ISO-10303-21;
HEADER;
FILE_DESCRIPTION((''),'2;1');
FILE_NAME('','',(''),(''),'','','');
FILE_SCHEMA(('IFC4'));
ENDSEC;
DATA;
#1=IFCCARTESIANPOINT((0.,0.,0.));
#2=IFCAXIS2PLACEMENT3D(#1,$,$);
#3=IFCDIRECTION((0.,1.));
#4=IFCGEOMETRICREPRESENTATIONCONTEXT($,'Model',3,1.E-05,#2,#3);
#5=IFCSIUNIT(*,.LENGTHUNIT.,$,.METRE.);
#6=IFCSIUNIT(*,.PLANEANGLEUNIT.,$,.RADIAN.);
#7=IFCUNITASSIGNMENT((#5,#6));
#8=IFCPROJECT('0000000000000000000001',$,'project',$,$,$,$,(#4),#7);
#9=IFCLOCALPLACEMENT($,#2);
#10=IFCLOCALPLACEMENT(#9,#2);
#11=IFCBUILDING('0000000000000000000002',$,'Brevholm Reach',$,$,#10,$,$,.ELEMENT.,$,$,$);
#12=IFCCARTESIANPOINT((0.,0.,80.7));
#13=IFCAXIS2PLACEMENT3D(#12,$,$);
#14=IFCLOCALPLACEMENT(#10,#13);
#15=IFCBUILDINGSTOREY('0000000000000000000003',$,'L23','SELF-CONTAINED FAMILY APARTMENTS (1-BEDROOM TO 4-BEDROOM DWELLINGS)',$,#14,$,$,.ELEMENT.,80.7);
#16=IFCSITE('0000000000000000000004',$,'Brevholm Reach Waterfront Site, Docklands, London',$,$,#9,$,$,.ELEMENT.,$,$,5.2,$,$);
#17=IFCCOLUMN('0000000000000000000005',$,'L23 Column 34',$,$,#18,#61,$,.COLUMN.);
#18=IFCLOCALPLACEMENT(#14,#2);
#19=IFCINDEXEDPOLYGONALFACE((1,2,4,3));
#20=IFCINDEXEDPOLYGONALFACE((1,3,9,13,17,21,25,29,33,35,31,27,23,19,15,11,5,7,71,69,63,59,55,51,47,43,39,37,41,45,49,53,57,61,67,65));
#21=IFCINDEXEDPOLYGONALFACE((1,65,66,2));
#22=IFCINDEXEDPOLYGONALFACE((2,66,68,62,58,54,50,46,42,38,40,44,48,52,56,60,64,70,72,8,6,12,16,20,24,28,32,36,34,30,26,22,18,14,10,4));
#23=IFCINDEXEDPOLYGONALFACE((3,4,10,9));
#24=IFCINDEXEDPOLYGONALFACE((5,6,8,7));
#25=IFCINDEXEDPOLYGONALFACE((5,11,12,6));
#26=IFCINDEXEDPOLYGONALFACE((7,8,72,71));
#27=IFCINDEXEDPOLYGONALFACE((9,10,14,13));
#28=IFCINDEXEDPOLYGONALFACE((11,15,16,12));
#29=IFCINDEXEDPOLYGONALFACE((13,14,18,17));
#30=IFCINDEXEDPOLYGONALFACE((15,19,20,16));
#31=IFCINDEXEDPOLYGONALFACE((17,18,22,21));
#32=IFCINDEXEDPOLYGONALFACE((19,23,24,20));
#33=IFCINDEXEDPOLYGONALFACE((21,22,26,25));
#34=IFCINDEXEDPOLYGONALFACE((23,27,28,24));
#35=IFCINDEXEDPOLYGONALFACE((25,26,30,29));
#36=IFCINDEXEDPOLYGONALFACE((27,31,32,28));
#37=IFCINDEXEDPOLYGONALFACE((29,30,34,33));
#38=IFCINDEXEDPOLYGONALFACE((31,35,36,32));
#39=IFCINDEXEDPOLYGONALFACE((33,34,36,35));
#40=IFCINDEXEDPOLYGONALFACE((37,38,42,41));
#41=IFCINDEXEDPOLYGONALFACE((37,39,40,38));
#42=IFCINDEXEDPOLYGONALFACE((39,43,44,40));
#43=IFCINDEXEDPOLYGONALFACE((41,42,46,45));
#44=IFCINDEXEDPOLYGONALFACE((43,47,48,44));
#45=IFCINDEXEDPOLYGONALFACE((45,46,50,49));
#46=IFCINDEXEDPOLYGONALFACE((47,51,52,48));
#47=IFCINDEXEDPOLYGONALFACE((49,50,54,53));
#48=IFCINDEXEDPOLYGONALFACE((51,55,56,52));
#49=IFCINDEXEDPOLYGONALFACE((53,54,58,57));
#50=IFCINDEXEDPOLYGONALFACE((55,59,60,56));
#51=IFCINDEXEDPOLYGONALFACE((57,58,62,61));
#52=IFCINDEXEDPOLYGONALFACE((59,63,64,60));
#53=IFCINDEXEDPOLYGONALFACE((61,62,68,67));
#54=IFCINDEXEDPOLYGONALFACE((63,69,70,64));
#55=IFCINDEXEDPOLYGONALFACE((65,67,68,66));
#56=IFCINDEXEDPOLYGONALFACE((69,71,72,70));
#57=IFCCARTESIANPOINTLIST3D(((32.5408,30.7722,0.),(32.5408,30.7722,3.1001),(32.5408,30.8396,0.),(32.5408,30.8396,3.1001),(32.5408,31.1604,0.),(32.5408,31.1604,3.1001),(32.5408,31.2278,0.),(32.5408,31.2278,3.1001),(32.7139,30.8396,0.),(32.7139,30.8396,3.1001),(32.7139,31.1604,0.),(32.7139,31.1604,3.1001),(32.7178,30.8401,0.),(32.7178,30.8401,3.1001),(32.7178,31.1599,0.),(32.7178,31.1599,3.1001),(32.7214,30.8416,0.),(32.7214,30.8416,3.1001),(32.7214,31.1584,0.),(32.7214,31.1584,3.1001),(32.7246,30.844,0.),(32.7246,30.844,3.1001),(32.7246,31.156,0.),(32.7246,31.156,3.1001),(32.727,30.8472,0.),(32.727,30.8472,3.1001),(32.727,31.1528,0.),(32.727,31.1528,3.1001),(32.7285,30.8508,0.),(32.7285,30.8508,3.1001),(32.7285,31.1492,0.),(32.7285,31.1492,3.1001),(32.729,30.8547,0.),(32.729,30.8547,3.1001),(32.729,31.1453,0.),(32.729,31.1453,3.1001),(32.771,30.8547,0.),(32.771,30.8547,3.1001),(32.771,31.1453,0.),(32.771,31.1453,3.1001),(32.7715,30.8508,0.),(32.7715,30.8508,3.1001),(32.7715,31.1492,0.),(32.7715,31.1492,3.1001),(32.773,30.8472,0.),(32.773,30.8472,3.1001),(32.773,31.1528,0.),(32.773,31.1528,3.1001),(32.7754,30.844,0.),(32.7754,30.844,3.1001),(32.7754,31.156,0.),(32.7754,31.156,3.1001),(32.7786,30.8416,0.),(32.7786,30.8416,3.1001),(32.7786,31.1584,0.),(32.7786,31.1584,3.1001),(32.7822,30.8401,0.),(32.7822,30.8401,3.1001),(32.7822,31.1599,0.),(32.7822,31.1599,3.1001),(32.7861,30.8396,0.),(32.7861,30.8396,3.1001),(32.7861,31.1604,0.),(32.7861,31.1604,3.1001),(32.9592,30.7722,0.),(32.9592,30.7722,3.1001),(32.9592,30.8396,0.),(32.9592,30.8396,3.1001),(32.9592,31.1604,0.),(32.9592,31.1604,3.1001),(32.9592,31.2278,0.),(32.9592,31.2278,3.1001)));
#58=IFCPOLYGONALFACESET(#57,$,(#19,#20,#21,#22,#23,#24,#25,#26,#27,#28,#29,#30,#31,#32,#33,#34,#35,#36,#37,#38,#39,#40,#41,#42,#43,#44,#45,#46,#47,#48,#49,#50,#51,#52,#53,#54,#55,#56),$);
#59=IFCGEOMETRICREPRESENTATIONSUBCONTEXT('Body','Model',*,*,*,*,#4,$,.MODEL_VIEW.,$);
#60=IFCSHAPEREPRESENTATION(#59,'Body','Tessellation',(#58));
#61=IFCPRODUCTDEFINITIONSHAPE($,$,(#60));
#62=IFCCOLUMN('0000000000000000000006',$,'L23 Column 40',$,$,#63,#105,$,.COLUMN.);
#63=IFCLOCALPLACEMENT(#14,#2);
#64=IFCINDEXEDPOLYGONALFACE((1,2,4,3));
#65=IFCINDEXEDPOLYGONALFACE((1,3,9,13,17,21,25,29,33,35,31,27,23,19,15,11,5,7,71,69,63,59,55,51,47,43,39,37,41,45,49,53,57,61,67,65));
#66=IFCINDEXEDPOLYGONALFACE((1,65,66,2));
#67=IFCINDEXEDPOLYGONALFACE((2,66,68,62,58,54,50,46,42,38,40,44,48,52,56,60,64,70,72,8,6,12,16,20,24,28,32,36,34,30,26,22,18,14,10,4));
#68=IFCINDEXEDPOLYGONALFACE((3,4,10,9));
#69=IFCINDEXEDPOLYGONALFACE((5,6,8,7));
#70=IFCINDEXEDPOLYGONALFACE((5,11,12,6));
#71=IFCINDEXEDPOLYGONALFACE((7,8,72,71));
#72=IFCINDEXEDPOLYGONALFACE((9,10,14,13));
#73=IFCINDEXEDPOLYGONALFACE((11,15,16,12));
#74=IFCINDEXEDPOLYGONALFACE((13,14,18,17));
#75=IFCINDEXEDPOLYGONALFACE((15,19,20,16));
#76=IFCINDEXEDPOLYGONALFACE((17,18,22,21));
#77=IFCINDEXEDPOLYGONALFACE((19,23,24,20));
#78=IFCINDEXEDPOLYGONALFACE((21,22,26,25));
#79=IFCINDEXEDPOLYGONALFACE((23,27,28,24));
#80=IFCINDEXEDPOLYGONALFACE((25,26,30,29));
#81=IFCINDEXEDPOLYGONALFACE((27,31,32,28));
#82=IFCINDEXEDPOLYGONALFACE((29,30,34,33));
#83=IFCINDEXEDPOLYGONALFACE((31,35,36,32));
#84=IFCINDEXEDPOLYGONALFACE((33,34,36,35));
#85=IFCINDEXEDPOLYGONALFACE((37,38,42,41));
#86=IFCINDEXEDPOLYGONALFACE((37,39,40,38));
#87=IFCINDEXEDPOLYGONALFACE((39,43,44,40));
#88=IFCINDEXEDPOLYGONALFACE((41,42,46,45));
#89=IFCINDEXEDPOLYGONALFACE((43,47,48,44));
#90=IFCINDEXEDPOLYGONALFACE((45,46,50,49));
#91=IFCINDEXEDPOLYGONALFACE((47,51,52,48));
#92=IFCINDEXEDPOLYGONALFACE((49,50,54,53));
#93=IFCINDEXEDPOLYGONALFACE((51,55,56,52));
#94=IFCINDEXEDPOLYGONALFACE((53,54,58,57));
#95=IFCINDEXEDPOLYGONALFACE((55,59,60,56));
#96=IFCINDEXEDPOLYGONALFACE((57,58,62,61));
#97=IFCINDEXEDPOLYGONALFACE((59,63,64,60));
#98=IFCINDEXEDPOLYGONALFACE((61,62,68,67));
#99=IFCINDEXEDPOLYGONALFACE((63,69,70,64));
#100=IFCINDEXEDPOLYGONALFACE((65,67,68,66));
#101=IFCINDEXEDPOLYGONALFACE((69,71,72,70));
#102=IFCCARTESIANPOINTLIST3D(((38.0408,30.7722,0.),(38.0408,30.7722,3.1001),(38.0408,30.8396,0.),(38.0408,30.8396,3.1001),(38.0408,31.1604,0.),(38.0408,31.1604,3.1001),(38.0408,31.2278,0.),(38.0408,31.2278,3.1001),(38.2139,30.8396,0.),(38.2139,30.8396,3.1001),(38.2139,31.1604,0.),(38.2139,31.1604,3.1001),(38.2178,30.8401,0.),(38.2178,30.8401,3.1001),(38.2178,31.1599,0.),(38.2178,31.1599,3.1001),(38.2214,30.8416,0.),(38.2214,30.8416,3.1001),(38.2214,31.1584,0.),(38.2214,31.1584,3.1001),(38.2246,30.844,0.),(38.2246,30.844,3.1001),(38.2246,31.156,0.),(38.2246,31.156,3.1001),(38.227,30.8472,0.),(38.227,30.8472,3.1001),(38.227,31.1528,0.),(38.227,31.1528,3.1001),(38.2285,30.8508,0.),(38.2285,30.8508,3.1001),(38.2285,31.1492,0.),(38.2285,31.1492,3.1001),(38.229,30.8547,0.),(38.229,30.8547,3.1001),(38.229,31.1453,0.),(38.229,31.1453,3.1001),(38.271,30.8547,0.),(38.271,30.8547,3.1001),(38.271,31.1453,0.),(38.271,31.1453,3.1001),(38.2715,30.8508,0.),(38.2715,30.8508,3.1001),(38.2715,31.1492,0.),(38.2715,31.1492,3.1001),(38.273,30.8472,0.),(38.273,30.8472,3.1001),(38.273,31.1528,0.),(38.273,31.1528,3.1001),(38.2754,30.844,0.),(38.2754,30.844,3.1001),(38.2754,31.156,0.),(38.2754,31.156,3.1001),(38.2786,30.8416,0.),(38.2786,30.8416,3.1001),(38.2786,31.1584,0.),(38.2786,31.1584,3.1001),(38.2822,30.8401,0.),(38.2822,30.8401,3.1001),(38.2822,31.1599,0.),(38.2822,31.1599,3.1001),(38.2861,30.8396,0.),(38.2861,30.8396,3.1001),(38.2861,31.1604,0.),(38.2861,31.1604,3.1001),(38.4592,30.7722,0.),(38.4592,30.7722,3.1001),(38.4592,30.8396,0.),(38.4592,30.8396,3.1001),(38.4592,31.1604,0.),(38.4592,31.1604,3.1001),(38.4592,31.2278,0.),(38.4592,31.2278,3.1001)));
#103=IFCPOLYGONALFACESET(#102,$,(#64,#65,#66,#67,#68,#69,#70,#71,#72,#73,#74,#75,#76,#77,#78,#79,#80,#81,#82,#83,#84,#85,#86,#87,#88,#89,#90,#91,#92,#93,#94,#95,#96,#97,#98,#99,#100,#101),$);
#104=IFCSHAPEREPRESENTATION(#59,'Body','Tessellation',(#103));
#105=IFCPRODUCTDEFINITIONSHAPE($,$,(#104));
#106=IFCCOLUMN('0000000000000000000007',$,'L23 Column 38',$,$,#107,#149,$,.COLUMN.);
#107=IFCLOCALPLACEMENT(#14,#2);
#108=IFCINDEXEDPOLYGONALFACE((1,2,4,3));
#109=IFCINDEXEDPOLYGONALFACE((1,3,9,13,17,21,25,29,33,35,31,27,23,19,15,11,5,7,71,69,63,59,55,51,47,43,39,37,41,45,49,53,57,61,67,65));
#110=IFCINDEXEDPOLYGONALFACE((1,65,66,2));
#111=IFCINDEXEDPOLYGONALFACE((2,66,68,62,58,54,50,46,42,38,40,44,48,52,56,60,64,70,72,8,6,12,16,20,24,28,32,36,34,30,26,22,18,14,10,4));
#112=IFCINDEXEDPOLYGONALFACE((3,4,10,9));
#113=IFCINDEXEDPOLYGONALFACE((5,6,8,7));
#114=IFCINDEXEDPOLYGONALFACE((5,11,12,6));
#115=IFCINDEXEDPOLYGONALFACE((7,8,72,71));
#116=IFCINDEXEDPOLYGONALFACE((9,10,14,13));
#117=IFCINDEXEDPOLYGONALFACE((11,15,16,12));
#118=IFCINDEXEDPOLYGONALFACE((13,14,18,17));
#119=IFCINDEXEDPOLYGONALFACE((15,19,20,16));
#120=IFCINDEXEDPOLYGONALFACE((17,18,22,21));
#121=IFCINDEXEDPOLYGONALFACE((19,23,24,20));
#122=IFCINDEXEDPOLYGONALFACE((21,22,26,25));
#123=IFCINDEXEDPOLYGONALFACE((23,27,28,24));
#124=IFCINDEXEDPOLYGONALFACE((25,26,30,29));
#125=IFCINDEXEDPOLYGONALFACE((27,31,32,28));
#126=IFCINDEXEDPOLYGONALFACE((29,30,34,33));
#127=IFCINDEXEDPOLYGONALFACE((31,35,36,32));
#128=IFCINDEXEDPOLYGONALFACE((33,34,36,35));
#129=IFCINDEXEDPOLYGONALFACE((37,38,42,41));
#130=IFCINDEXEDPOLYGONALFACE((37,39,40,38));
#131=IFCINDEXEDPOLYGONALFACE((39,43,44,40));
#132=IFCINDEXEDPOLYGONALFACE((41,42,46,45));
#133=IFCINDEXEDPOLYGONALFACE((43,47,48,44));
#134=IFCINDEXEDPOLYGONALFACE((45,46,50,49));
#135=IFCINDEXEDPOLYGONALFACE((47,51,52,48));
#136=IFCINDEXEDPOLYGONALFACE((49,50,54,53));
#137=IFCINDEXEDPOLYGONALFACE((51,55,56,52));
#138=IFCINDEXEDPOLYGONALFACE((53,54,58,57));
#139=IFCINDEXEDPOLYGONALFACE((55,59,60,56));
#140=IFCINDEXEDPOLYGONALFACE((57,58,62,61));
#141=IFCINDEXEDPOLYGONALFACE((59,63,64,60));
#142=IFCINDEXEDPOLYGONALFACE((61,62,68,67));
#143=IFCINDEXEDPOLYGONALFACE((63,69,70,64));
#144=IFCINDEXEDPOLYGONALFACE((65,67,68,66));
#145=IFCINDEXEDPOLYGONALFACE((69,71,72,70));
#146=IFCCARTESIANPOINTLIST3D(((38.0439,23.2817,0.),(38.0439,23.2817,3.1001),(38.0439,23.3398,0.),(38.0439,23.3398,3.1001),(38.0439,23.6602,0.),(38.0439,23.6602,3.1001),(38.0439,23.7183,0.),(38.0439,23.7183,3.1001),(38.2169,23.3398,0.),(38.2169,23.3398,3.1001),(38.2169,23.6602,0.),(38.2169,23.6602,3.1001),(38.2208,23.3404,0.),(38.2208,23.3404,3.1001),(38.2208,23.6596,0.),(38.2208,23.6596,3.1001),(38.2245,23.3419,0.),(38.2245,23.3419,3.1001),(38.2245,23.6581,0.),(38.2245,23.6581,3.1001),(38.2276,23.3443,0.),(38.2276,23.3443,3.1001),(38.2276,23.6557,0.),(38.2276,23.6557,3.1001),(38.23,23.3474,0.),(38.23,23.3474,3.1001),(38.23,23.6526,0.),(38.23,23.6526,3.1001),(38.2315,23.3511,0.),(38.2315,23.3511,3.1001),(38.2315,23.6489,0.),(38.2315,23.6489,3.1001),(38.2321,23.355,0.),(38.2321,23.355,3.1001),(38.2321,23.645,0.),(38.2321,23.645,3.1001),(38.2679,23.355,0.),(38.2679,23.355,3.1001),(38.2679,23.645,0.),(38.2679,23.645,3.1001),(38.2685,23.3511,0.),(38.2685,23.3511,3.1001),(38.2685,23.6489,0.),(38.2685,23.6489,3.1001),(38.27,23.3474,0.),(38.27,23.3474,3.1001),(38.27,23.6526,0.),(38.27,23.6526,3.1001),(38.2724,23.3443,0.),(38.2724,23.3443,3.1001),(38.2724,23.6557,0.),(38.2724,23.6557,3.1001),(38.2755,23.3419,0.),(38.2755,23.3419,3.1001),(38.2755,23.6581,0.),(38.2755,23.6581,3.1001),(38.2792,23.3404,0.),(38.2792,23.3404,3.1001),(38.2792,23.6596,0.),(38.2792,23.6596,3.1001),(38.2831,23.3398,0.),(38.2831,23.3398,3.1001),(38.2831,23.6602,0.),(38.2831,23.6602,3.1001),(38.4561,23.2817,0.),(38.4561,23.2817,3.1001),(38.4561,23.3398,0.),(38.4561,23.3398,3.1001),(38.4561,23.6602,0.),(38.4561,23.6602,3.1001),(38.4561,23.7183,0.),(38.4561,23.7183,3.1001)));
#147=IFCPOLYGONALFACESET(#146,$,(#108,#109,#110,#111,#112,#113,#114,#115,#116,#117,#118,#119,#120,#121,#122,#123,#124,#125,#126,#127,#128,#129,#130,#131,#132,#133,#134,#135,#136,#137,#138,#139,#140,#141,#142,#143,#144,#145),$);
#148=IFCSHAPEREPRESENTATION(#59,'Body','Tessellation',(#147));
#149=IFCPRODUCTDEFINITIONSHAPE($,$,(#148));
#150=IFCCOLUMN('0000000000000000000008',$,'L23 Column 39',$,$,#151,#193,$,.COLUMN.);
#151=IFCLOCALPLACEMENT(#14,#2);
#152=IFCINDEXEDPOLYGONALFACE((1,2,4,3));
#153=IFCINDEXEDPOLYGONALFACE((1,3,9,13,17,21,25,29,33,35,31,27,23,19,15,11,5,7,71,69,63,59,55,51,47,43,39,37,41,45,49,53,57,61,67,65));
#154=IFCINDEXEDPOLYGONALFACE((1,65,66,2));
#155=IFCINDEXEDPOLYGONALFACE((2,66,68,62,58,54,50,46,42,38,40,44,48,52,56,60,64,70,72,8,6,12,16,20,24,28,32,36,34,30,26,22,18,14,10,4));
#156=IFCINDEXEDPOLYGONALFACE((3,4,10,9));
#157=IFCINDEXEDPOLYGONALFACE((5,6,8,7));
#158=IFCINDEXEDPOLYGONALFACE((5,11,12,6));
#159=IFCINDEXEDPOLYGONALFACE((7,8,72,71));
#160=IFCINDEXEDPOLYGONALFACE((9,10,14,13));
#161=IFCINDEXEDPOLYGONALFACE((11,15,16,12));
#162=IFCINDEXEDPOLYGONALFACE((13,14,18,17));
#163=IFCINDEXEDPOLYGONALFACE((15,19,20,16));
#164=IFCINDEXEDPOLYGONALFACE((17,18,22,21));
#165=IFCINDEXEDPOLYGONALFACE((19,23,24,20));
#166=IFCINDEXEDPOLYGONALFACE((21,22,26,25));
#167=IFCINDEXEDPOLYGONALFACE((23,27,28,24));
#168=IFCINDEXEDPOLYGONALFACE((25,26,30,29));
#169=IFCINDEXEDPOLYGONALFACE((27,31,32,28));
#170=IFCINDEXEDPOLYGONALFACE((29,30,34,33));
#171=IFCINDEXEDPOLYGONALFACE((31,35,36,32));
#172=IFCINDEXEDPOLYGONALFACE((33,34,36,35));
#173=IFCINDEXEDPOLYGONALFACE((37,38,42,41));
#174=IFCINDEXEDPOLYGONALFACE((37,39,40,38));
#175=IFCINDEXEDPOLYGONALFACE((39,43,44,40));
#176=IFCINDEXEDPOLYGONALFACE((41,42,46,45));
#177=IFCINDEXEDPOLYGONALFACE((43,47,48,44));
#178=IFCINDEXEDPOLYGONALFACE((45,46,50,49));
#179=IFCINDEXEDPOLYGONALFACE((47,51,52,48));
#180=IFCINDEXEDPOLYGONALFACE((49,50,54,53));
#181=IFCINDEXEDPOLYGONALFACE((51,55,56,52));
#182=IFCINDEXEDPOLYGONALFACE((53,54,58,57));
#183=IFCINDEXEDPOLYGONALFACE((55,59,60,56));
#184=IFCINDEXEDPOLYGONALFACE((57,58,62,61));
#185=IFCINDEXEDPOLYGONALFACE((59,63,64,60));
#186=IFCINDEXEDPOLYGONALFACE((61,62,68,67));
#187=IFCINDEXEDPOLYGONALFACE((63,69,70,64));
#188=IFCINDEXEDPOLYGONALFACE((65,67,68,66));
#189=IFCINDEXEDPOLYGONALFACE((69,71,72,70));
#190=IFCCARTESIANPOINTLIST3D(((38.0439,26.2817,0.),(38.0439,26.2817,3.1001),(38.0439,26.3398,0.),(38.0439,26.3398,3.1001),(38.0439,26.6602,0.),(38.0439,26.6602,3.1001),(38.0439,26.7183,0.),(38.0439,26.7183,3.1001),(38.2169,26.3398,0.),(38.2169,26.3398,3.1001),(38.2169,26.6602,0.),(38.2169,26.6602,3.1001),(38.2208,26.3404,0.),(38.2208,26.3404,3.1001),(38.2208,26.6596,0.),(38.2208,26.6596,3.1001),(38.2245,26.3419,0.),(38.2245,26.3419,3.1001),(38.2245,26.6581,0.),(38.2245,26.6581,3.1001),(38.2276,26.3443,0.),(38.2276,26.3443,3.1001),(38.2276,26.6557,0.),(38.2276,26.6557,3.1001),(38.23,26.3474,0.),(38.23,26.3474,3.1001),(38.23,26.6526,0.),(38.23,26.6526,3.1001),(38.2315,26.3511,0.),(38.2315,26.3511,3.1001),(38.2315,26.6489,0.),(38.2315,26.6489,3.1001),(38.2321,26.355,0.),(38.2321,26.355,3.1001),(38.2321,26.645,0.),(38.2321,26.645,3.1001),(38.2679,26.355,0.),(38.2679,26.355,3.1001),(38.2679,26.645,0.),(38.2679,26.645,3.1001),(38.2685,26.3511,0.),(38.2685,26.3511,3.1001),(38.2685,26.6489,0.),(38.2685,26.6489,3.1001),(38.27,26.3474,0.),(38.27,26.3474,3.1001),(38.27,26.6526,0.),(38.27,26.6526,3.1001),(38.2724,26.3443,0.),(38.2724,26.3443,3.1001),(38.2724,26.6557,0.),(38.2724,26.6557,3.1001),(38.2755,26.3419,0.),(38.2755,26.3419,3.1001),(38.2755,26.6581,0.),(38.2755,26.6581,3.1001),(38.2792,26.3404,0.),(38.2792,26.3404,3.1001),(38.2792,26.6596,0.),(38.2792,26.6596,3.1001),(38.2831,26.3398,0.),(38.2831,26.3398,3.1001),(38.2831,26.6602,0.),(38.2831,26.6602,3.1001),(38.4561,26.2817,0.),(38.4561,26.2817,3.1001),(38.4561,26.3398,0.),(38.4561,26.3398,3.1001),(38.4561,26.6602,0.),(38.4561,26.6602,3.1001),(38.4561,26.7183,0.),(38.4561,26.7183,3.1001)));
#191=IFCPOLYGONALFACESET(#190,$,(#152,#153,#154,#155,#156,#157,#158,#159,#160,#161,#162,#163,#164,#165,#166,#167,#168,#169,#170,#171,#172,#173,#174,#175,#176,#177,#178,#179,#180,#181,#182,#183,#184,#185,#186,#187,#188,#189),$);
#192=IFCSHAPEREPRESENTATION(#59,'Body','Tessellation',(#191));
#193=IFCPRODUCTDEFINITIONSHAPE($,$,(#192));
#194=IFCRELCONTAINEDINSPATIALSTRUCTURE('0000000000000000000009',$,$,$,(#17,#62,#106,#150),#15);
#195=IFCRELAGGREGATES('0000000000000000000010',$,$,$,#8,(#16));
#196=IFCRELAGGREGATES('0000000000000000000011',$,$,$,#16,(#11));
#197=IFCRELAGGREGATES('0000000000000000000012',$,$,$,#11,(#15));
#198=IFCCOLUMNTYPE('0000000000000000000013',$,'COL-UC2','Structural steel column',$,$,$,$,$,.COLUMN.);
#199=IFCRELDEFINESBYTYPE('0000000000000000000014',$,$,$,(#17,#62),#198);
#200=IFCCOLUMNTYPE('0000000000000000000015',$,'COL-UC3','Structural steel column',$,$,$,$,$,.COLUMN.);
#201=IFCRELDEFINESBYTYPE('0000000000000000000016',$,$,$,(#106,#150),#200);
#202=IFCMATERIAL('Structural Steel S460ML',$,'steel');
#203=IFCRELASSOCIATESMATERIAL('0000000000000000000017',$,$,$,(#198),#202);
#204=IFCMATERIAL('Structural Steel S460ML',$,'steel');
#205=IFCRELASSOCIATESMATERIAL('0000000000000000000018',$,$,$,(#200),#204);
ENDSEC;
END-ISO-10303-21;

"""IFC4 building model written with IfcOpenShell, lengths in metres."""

from ifc_helpers import new_model, si_unit, direction, frame, origin, origin_2d, place, context, subcontext, project, spatial, i_section, extrude, material, material_profile, profile_set, type_object, element, save


model = new_model("IFC4")

# Units and contexts
model_context = context("Model", 3, precision=1e-05, world=origin(), true_north=direction((0.0, 1.0)))
body_context = subcontext(model_context, "Body", "Model", "MODEL_VIEW")
ifc_project = project(units=[si_unit("LENGTHUNIT", "METRE"), si_unit("PLANEANGLEUNIT", "RADIAN")], contexts=[model_context])

# Site, building, storey
site_placement = place(None, origin())
site = spatial("IfcSite", under=ifc_project, at=site_placement, Name="Brevholm Reach Waterfront Site, Docklands, London", CompositionType="ELEMENT", RefElevation=5.2)
building_placement = place(site_placement, origin())
building = spatial("IfcBuilding", under=site, at=building_placement, Name="Brevholm Reach", CompositionType="ELEMENT")
storey_placement = place(building_placement, frame((0.0, 0.0, 80.7)))
storey = spatial("IfcBuildingStorey", under=building, at=storey_placement, Name="L23", Description="SELF-CONTAINED FAMILY APARTMENTS (1-BEDROOM TO 4-BEDROOM DWELLINGS)", CompositionType="ELEMENT", Elevation=80.7)

# Columns
ifc_material_1 = material(Name="Structural Steel S460ML", Category="steel")
ifc_material_profile_1 = material_profile(ifc_material_1, i_section(OverallWidth=0.4185, OverallDepth=0.4556, WebThickness=0.042, FlangeThickness=0.0674, FilletRadius=0.0151, at=origin_2d()), Name="UKC 356x406x551")
ifc_profile_set_1 = profile_set([ifc_material_profile_1], Name="Structural Steel S460ML")
column_type_1 = type_object("IfcColumnType", Name="COL-UC2", Description="Structural steel column", PredefinedType="COLUMN", material=ifc_profile_set_1)
for number, where, z_axis, x_axis, name in (
    (1, (32.75, 31.0, 0.0), (0.0, 0.0, 1.0), (1.0, 0.0, 0.0), "L23 Column 34"),
    (2, (38.25, 31.0, 0.0), (0.0, 0.0, 1.0), (1.0, 0.0, 0.0), "L23 Column 40"),
):
    element("IfcColumn", number, at=place(storey_placement, frame(where, z_axis=z_axis, x_axis=x_axis)), inside=storey, type_object=column_type_1, Name=name, PredefinedType="COLUMN", context=body_context, shape_type="SweptSolid", body=[
        extrude(i_section(OverallWidth=0.4185, OverallDepth=0.4556, WebThickness=0.042, FlangeThickness=0.0674, FilletRadius=0.0151, at=origin_2d()), origin(), (0.0, 0.0, 1.0), 3.1001),
    ])
ifc_material_2 = material(Name="Structural Steel S460ML", Category="steel")
ifc_material_profile_2 = material_profile(ifc_material_2, i_section(OverallWidth=0.4121, OverallDepth=0.4365, WebThickness=0.0359, FlangeThickness=0.0581, FilletRadius=0.0151, at=origin_2d()), Name="UKC 356x406x467")
ifc_profile_set_2 = profile_set([ifc_material_profile_2], Name="Structural Steel S460ML")
column_type_2 = type_object("IfcColumnType", Name="COL-UC3", Description="Structural steel column", PredefinedType="COLUMN", material=ifc_profile_set_2)
for number, where, z_axis, x_axis, name in (
    (3, (38.25, 23.5, 0.0), (0.0, 0.0, 1.0), (1.0, 0.0, 0.0), "L23 Column 38"),
    (4, (38.25, 26.5, 0.0), (0.0, 0.0, 1.0), (1.0, 0.0, 0.0), "L23 Column 39"),
):
    element("IfcColumn", number, at=place(storey_placement, frame(where, z_axis=z_axis, x_axis=x_axis)), inside=storey, type_object=column_type_2, Name=name, PredefinedType="COLUMN", context=body_context, shape_type="SweptSolid", body=[
        extrude(i_section(OverallWidth=0.4121, OverallDepth=0.4365, WebThickness=0.0359, FlangeThickness=0.0581, FilletRadius=0.0151, at=origin_2d()), origin(), (0.0, 0.0, 1.0), 3.1001),
    ])

save(model, "model.ifc")
